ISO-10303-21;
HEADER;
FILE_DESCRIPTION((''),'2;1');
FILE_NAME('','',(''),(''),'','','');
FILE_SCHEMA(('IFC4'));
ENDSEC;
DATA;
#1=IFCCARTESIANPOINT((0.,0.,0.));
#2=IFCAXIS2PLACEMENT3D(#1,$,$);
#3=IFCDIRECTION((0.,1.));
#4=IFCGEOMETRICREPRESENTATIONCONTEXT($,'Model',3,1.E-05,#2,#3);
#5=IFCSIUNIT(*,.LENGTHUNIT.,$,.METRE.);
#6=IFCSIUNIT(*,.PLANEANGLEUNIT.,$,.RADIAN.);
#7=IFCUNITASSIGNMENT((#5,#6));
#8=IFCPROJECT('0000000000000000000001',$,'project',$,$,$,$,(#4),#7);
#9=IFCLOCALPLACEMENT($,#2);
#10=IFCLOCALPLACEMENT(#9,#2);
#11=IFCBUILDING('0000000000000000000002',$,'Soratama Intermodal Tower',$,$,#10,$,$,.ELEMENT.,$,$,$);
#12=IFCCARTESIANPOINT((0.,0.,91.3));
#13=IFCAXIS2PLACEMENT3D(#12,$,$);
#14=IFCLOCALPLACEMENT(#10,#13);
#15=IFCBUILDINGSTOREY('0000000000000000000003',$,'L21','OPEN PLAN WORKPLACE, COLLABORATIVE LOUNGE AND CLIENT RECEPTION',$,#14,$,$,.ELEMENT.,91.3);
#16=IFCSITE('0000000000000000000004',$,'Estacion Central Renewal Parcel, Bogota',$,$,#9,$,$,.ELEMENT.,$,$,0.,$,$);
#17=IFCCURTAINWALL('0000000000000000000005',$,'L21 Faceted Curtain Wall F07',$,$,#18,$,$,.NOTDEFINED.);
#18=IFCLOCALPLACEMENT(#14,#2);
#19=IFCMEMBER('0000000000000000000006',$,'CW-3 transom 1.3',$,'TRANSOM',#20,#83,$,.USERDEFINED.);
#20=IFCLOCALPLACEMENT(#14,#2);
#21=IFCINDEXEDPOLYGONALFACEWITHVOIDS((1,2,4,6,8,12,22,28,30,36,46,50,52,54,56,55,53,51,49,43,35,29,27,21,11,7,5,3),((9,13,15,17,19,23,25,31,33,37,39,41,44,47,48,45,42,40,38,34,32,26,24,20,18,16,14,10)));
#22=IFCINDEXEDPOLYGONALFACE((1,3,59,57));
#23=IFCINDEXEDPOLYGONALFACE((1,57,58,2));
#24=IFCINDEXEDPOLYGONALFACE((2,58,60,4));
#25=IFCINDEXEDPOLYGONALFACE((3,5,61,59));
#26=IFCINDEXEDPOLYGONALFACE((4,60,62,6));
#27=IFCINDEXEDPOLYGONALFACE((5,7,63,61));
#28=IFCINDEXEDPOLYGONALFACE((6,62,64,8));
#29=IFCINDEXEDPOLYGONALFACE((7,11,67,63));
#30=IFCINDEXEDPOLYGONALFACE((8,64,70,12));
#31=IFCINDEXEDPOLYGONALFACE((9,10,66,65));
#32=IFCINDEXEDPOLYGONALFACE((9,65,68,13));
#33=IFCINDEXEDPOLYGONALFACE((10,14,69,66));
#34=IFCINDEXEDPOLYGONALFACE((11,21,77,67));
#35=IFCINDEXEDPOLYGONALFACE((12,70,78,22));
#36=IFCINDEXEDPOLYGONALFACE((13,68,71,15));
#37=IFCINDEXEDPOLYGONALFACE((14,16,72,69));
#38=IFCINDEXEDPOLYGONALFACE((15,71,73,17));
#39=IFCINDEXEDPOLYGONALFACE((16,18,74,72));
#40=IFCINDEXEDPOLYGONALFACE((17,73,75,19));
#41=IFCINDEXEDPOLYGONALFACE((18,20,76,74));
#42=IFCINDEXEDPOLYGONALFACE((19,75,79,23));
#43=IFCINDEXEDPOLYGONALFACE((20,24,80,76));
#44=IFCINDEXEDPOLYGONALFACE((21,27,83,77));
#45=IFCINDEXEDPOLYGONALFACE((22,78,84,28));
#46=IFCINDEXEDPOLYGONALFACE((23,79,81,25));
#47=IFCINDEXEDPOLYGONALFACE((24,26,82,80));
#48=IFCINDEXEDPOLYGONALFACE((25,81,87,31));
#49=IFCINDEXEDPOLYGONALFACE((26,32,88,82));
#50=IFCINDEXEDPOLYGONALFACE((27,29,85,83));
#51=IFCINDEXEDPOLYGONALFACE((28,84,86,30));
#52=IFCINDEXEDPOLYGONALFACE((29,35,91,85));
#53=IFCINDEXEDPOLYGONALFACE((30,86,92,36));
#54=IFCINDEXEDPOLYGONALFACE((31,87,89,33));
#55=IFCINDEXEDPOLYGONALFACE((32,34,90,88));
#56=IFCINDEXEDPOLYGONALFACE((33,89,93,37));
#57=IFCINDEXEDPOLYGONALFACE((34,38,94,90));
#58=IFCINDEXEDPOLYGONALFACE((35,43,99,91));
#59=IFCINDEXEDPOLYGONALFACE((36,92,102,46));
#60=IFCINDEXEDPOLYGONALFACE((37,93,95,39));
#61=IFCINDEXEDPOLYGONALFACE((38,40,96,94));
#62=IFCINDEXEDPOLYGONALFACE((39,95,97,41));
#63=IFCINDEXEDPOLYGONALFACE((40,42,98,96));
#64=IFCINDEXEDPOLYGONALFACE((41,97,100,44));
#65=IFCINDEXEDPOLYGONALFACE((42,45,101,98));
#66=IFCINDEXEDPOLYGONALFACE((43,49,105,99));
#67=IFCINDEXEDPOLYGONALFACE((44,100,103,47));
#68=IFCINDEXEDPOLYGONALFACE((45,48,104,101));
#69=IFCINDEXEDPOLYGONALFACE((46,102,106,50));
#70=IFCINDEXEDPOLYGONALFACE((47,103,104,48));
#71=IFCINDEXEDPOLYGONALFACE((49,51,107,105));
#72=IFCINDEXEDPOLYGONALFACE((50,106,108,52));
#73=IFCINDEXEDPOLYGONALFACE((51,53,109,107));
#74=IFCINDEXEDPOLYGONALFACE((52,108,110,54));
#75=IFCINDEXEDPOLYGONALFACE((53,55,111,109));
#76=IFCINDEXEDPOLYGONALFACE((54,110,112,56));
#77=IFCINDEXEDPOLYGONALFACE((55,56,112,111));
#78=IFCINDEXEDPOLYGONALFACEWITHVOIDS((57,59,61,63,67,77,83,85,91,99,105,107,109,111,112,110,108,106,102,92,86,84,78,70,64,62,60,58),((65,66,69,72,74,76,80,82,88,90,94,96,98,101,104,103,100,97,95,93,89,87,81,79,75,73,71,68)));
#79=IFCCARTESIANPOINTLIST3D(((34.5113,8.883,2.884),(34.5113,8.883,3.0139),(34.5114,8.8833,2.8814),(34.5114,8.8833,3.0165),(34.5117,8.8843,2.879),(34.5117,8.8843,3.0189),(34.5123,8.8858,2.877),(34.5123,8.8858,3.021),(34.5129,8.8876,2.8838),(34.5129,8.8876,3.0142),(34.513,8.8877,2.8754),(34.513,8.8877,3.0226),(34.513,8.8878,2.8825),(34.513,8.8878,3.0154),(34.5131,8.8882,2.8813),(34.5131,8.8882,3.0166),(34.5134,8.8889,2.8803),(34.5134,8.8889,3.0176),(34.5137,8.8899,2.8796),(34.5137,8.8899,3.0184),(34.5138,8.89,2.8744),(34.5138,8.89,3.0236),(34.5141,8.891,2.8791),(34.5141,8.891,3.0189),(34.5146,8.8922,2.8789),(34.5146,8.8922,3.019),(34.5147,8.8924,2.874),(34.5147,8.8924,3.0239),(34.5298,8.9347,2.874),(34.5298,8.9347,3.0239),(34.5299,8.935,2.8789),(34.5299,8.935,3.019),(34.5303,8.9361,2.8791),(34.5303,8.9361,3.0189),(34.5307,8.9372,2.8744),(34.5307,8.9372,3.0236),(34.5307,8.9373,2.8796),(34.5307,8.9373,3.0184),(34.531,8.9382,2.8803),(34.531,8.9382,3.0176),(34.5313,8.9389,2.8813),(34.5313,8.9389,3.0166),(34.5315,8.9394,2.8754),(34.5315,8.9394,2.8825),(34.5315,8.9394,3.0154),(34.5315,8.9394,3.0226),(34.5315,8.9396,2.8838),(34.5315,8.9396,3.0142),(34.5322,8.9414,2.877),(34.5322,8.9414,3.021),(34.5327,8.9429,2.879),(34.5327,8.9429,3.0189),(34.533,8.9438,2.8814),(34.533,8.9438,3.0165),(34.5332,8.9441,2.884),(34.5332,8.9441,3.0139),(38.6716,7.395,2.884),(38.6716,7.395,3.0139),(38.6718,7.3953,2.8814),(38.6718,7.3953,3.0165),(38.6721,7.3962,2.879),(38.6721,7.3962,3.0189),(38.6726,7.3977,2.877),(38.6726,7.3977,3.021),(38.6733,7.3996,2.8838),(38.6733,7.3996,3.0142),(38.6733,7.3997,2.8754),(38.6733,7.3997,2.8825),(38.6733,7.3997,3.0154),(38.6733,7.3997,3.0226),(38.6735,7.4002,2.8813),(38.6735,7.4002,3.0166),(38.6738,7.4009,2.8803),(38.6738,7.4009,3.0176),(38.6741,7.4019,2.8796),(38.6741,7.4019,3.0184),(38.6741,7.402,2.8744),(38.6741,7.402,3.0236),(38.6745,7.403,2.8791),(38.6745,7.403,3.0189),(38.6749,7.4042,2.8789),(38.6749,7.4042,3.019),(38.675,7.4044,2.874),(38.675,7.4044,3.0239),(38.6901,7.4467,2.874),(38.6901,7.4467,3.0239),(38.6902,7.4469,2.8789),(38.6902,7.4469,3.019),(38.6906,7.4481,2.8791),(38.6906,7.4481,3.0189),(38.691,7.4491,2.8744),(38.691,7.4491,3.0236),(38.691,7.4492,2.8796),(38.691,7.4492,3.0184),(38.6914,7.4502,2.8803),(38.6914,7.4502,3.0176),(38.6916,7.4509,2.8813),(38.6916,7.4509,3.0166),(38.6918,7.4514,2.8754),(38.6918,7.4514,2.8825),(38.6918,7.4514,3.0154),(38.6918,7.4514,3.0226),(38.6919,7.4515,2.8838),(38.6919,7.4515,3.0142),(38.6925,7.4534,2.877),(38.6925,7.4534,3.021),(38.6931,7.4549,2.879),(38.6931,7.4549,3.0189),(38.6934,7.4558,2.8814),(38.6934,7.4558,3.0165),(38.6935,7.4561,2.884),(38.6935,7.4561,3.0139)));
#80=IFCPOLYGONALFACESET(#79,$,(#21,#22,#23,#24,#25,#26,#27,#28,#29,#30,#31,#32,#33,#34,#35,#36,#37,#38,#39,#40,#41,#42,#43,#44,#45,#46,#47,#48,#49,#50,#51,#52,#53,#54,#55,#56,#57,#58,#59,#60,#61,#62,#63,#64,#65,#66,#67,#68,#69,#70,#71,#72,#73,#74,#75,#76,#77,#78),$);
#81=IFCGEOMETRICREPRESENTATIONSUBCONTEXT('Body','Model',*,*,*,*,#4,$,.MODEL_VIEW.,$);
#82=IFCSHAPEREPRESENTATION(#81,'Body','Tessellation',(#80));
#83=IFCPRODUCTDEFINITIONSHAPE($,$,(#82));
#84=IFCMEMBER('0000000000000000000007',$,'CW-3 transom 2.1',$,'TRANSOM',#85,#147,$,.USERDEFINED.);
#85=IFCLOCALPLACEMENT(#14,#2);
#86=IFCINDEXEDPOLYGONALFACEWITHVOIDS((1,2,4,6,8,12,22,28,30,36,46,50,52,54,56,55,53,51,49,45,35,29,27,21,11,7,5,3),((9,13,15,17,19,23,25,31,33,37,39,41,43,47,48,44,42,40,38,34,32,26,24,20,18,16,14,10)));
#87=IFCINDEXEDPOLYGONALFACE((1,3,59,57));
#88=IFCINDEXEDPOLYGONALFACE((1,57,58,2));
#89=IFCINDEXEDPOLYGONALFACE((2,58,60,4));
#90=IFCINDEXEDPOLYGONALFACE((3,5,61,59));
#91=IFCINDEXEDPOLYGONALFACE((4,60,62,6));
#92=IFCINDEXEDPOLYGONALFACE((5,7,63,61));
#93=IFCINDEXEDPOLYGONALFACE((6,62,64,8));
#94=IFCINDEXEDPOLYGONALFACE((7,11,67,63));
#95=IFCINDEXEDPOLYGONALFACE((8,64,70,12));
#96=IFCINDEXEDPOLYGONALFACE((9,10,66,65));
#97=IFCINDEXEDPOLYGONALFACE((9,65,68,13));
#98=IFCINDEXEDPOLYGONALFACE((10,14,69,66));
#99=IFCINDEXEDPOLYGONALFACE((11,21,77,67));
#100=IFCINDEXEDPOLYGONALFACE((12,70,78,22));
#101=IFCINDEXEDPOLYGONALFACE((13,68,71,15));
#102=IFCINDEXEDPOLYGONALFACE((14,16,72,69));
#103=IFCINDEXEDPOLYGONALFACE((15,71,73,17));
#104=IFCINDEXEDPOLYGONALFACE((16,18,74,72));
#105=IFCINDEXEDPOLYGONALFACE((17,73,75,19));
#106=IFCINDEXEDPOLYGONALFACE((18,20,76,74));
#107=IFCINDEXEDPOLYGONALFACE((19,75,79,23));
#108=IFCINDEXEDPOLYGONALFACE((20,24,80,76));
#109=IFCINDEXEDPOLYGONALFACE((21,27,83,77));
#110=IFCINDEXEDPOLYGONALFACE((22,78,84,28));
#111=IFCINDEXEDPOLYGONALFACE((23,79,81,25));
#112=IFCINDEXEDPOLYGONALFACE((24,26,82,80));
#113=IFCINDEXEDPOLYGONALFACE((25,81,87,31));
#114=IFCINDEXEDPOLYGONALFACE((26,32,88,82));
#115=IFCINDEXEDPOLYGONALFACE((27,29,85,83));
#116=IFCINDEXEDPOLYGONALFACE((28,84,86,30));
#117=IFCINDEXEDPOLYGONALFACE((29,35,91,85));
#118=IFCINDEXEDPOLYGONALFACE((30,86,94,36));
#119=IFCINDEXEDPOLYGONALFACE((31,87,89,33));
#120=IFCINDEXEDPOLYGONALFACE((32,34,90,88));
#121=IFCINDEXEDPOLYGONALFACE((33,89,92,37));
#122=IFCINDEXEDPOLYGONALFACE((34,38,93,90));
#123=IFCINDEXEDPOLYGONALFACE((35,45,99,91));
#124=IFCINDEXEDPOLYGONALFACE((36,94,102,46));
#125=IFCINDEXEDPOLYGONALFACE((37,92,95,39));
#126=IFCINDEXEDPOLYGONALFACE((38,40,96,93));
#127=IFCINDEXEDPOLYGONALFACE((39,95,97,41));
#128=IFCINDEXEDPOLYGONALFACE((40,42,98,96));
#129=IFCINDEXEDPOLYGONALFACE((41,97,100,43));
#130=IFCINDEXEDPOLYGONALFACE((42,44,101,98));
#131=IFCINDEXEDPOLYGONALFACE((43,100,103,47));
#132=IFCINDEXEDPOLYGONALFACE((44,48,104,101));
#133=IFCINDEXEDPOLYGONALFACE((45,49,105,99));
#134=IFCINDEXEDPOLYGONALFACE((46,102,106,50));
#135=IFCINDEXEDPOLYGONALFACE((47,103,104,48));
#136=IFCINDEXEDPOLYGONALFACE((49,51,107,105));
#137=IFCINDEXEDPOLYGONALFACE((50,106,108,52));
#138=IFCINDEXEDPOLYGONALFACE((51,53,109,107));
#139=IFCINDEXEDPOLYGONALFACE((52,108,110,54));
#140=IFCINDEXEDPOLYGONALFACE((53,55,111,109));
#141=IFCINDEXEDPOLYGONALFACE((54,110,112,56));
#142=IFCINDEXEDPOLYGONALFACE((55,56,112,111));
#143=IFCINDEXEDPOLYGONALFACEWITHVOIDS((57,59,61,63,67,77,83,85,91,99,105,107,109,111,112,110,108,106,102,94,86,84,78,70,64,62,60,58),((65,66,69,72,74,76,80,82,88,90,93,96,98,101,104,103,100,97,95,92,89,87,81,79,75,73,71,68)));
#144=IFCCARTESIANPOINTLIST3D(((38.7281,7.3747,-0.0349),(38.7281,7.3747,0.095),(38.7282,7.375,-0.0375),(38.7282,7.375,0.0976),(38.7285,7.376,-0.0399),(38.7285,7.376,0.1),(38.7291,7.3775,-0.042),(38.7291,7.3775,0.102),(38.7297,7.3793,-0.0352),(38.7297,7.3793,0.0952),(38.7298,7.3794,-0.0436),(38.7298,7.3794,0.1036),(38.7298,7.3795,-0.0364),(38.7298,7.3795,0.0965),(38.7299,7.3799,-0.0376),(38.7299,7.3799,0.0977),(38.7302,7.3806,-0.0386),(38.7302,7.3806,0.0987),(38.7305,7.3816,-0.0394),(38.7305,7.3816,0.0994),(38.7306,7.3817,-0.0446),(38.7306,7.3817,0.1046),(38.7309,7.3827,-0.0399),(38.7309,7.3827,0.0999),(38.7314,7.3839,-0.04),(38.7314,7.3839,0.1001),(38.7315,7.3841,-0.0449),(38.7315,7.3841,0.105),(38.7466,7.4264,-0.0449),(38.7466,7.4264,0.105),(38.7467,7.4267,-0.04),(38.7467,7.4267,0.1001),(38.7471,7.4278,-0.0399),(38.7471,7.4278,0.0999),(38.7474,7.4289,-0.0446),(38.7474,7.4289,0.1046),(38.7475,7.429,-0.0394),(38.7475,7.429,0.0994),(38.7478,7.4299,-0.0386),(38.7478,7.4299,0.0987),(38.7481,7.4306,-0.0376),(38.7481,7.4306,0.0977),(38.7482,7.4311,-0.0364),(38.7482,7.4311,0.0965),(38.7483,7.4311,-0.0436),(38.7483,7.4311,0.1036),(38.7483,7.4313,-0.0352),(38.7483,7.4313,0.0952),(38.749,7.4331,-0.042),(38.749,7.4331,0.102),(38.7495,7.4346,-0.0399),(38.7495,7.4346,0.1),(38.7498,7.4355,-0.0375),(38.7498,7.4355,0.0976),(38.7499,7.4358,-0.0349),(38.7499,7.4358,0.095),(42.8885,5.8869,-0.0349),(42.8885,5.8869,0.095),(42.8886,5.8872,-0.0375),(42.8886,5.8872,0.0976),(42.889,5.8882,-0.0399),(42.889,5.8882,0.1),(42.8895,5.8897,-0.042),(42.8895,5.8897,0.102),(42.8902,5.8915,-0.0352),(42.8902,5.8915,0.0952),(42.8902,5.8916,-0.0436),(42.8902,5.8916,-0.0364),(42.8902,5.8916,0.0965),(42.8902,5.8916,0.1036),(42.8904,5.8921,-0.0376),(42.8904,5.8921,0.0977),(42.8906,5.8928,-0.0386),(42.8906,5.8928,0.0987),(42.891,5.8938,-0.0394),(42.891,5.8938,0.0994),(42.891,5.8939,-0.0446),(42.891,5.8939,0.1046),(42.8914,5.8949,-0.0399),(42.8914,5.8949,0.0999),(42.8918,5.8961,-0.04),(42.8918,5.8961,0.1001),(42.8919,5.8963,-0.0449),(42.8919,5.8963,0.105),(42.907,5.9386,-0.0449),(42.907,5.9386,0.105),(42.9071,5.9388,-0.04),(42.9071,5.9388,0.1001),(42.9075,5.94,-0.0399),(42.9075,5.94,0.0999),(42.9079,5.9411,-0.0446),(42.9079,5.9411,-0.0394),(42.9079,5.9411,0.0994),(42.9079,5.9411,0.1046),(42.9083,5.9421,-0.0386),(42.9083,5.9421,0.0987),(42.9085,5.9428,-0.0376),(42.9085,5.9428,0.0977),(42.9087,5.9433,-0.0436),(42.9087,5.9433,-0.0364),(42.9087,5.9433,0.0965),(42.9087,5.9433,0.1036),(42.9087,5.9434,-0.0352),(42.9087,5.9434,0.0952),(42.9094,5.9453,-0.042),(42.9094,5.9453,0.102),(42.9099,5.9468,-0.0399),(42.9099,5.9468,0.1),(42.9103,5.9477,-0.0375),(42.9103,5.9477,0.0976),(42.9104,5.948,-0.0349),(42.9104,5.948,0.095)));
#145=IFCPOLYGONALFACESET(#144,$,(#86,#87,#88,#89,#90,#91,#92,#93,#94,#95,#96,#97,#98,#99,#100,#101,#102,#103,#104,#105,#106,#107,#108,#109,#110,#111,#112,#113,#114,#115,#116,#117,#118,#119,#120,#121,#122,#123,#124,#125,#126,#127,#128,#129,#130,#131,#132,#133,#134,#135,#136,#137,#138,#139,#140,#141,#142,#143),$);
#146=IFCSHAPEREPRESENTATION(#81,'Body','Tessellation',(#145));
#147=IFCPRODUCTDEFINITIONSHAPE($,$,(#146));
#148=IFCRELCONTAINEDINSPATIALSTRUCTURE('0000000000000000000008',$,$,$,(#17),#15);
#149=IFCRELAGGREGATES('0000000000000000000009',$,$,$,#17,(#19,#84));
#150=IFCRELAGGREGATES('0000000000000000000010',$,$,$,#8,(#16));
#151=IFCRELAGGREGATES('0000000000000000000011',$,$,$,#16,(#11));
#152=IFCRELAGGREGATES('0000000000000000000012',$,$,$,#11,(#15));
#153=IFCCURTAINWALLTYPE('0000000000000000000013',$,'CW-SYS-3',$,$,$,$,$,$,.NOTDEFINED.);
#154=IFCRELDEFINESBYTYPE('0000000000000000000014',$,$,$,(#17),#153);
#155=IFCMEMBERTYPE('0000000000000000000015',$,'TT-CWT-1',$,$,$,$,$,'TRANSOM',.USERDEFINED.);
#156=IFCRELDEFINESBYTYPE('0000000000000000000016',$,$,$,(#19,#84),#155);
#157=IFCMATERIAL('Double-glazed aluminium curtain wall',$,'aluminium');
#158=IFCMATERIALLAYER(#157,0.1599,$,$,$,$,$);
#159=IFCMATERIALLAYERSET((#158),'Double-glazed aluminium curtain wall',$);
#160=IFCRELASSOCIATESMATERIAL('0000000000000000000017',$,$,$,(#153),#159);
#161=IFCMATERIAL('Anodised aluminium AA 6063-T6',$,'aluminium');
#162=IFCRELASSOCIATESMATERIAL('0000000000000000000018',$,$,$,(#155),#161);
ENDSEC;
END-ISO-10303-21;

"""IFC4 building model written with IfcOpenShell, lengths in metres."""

from ifc_helpers import new_model, si_unit, direction, frame, origin, origin_2d, place, context, subcontext, project, spatial, hollow_rectangle, extrude, material, layer, layer_set, material_profile, profile_set, type_object, element, aggregate, save


model = new_model("IFC4")

# Units and contexts
model_context = context("Model", 3, precision=1e-05, world=origin(), true_north=direction((0.0, 1.0)))
body_context = subcontext(model_context, "Body", "Model", "MODEL_VIEW")
ifc_project = project(units=[si_unit("LENGTHUNIT", "METRE"), si_unit("PLANEANGLEUNIT", "RADIAN")], contexts=[model_context])

# Site, building, storey
site_placement = place(None, origin())
site = spatial("IfcSite", under=ifc_project, at=site_placement, Name="Estacion Central Renewal Parcel, Bogota", CompositionType="ELEMENT", RefElevation=0.0)
building_placement = place(site_placement, origin())
building = spatial("IfcBuilding", under=site, at=building_placement, Name="Soratama Intermodal Tower", CompositionType="ELEMENT")
storey_placement = place(building_placement, frame((0.0, 0.0, 91.3)))
storey = spatial("IfcBuildingStorey", under=building, at=storey_placement, Name="L21", Description="OPEN PLAN WORKPLACE, COLLABORATIVE LOUNGE AND CLIENT RECEPTION", CompositionType="ELEMENT", Elevation=91.3)

# Curtain wall, members
ifc_material_1 = material(Name="Double-glazed aluminium curtain wall", Category="aluminium")
ifc_layer_1 = layer(ifc_material_1, 0.1599)
ifc_layer_set_1 = layer_set([ifc_layer_1], Name="Double-glazed aluminium curtain wall")
curtain_wall_type = type_object("IfcCurtainWallType", Name="CW-SYS-3", PredefinedType="NOTDEFINED", material=ifc_layer_set_1)
curtain_wall_placement = place(storey_placement, origin())
curtain_wall = element("IfcCurtainWall", 1, at=curtain_wall_placement, inside=storey, type_object=curtain_wall_type, Name="L21 Faceted Curtain Wall F07", PredefinedType="NOTDEFINED")
ifc_material_2 = material(Name="Anodised aluminium AA 6063-T6", Category="aluminium")
ifc_material_profile_1 = material_profile(ifc_material_2, hollow_rectangle(XDim=0.0649, YDim=0.1499, WallThickness=0.0049, InnerFilletRadius=0.0049, OuterFilletRadius=0.01, at=origin_2d()), Name="CWT150X65X5")
ifc_profile_set_1 = profile_set([ifc_material_profile_1], Name="Anodised aluminium AA 6063-T6")
member_type_1 = type_object("IfcMemberType", Name="TT-CWT-1", ElementType="TRANSOM", PredefinedType="USERDEFINED", material=ifc_profile_set_1)
member_1_placement = place(storey_placement, frame((34.5222, 8.9136, 2.949), z_axis=(0.941586, -0.336774, 0.0), x_axis=(0.336774, 0.941586, 0.0)))
member_1 = element("IfcMember", 2, at=member_1_placement, type_object=member_type_1, Name="CW-3 transom 1.3", ObjectType="TRANSOM", PredefinedType="USERDEFINED", context=body_context, shape_type="SweptSolid", body=[
    extrude(hollow_rectangle(XDim=0.0649, YDim=0.1499, WallThickness=0.0049, InnerFilletRadius=0.0049, OuterFilletRadius=0.01, at=origin_2d()), origin(), (0.0, 0.0, 1.0), 4.4185),
])
member_2_placement = place(storey_placement, frame((38.739, 7.4053, 0.03), z_axis=(0.941603, -0.336725, 0.0), x_axis=(0.336725, 0.941603, 0.0)))
member_2 = element("IfcMember", 3, at=member_2_placement, type_object=member_type_1, Name="CW-3 transom 2.1", ObjectType="TRANSOM", PredefinedType="USERDEFINED", context=body_context, shape_type="SweptSolid", body=[
    extrude(hollow_rectangle(XDim=0.0649, YDim=0.1499, WallThickness=0.0049, InnerFilletRadius=0.0049, OuterFilletRadius=0.01, at=origin_2d()), origin(), (0.0, 0.0, 1.0), 4.4185),
])
aggregate(curtain_wall, [member_1, member_2])

save(model, "model.ifc")
